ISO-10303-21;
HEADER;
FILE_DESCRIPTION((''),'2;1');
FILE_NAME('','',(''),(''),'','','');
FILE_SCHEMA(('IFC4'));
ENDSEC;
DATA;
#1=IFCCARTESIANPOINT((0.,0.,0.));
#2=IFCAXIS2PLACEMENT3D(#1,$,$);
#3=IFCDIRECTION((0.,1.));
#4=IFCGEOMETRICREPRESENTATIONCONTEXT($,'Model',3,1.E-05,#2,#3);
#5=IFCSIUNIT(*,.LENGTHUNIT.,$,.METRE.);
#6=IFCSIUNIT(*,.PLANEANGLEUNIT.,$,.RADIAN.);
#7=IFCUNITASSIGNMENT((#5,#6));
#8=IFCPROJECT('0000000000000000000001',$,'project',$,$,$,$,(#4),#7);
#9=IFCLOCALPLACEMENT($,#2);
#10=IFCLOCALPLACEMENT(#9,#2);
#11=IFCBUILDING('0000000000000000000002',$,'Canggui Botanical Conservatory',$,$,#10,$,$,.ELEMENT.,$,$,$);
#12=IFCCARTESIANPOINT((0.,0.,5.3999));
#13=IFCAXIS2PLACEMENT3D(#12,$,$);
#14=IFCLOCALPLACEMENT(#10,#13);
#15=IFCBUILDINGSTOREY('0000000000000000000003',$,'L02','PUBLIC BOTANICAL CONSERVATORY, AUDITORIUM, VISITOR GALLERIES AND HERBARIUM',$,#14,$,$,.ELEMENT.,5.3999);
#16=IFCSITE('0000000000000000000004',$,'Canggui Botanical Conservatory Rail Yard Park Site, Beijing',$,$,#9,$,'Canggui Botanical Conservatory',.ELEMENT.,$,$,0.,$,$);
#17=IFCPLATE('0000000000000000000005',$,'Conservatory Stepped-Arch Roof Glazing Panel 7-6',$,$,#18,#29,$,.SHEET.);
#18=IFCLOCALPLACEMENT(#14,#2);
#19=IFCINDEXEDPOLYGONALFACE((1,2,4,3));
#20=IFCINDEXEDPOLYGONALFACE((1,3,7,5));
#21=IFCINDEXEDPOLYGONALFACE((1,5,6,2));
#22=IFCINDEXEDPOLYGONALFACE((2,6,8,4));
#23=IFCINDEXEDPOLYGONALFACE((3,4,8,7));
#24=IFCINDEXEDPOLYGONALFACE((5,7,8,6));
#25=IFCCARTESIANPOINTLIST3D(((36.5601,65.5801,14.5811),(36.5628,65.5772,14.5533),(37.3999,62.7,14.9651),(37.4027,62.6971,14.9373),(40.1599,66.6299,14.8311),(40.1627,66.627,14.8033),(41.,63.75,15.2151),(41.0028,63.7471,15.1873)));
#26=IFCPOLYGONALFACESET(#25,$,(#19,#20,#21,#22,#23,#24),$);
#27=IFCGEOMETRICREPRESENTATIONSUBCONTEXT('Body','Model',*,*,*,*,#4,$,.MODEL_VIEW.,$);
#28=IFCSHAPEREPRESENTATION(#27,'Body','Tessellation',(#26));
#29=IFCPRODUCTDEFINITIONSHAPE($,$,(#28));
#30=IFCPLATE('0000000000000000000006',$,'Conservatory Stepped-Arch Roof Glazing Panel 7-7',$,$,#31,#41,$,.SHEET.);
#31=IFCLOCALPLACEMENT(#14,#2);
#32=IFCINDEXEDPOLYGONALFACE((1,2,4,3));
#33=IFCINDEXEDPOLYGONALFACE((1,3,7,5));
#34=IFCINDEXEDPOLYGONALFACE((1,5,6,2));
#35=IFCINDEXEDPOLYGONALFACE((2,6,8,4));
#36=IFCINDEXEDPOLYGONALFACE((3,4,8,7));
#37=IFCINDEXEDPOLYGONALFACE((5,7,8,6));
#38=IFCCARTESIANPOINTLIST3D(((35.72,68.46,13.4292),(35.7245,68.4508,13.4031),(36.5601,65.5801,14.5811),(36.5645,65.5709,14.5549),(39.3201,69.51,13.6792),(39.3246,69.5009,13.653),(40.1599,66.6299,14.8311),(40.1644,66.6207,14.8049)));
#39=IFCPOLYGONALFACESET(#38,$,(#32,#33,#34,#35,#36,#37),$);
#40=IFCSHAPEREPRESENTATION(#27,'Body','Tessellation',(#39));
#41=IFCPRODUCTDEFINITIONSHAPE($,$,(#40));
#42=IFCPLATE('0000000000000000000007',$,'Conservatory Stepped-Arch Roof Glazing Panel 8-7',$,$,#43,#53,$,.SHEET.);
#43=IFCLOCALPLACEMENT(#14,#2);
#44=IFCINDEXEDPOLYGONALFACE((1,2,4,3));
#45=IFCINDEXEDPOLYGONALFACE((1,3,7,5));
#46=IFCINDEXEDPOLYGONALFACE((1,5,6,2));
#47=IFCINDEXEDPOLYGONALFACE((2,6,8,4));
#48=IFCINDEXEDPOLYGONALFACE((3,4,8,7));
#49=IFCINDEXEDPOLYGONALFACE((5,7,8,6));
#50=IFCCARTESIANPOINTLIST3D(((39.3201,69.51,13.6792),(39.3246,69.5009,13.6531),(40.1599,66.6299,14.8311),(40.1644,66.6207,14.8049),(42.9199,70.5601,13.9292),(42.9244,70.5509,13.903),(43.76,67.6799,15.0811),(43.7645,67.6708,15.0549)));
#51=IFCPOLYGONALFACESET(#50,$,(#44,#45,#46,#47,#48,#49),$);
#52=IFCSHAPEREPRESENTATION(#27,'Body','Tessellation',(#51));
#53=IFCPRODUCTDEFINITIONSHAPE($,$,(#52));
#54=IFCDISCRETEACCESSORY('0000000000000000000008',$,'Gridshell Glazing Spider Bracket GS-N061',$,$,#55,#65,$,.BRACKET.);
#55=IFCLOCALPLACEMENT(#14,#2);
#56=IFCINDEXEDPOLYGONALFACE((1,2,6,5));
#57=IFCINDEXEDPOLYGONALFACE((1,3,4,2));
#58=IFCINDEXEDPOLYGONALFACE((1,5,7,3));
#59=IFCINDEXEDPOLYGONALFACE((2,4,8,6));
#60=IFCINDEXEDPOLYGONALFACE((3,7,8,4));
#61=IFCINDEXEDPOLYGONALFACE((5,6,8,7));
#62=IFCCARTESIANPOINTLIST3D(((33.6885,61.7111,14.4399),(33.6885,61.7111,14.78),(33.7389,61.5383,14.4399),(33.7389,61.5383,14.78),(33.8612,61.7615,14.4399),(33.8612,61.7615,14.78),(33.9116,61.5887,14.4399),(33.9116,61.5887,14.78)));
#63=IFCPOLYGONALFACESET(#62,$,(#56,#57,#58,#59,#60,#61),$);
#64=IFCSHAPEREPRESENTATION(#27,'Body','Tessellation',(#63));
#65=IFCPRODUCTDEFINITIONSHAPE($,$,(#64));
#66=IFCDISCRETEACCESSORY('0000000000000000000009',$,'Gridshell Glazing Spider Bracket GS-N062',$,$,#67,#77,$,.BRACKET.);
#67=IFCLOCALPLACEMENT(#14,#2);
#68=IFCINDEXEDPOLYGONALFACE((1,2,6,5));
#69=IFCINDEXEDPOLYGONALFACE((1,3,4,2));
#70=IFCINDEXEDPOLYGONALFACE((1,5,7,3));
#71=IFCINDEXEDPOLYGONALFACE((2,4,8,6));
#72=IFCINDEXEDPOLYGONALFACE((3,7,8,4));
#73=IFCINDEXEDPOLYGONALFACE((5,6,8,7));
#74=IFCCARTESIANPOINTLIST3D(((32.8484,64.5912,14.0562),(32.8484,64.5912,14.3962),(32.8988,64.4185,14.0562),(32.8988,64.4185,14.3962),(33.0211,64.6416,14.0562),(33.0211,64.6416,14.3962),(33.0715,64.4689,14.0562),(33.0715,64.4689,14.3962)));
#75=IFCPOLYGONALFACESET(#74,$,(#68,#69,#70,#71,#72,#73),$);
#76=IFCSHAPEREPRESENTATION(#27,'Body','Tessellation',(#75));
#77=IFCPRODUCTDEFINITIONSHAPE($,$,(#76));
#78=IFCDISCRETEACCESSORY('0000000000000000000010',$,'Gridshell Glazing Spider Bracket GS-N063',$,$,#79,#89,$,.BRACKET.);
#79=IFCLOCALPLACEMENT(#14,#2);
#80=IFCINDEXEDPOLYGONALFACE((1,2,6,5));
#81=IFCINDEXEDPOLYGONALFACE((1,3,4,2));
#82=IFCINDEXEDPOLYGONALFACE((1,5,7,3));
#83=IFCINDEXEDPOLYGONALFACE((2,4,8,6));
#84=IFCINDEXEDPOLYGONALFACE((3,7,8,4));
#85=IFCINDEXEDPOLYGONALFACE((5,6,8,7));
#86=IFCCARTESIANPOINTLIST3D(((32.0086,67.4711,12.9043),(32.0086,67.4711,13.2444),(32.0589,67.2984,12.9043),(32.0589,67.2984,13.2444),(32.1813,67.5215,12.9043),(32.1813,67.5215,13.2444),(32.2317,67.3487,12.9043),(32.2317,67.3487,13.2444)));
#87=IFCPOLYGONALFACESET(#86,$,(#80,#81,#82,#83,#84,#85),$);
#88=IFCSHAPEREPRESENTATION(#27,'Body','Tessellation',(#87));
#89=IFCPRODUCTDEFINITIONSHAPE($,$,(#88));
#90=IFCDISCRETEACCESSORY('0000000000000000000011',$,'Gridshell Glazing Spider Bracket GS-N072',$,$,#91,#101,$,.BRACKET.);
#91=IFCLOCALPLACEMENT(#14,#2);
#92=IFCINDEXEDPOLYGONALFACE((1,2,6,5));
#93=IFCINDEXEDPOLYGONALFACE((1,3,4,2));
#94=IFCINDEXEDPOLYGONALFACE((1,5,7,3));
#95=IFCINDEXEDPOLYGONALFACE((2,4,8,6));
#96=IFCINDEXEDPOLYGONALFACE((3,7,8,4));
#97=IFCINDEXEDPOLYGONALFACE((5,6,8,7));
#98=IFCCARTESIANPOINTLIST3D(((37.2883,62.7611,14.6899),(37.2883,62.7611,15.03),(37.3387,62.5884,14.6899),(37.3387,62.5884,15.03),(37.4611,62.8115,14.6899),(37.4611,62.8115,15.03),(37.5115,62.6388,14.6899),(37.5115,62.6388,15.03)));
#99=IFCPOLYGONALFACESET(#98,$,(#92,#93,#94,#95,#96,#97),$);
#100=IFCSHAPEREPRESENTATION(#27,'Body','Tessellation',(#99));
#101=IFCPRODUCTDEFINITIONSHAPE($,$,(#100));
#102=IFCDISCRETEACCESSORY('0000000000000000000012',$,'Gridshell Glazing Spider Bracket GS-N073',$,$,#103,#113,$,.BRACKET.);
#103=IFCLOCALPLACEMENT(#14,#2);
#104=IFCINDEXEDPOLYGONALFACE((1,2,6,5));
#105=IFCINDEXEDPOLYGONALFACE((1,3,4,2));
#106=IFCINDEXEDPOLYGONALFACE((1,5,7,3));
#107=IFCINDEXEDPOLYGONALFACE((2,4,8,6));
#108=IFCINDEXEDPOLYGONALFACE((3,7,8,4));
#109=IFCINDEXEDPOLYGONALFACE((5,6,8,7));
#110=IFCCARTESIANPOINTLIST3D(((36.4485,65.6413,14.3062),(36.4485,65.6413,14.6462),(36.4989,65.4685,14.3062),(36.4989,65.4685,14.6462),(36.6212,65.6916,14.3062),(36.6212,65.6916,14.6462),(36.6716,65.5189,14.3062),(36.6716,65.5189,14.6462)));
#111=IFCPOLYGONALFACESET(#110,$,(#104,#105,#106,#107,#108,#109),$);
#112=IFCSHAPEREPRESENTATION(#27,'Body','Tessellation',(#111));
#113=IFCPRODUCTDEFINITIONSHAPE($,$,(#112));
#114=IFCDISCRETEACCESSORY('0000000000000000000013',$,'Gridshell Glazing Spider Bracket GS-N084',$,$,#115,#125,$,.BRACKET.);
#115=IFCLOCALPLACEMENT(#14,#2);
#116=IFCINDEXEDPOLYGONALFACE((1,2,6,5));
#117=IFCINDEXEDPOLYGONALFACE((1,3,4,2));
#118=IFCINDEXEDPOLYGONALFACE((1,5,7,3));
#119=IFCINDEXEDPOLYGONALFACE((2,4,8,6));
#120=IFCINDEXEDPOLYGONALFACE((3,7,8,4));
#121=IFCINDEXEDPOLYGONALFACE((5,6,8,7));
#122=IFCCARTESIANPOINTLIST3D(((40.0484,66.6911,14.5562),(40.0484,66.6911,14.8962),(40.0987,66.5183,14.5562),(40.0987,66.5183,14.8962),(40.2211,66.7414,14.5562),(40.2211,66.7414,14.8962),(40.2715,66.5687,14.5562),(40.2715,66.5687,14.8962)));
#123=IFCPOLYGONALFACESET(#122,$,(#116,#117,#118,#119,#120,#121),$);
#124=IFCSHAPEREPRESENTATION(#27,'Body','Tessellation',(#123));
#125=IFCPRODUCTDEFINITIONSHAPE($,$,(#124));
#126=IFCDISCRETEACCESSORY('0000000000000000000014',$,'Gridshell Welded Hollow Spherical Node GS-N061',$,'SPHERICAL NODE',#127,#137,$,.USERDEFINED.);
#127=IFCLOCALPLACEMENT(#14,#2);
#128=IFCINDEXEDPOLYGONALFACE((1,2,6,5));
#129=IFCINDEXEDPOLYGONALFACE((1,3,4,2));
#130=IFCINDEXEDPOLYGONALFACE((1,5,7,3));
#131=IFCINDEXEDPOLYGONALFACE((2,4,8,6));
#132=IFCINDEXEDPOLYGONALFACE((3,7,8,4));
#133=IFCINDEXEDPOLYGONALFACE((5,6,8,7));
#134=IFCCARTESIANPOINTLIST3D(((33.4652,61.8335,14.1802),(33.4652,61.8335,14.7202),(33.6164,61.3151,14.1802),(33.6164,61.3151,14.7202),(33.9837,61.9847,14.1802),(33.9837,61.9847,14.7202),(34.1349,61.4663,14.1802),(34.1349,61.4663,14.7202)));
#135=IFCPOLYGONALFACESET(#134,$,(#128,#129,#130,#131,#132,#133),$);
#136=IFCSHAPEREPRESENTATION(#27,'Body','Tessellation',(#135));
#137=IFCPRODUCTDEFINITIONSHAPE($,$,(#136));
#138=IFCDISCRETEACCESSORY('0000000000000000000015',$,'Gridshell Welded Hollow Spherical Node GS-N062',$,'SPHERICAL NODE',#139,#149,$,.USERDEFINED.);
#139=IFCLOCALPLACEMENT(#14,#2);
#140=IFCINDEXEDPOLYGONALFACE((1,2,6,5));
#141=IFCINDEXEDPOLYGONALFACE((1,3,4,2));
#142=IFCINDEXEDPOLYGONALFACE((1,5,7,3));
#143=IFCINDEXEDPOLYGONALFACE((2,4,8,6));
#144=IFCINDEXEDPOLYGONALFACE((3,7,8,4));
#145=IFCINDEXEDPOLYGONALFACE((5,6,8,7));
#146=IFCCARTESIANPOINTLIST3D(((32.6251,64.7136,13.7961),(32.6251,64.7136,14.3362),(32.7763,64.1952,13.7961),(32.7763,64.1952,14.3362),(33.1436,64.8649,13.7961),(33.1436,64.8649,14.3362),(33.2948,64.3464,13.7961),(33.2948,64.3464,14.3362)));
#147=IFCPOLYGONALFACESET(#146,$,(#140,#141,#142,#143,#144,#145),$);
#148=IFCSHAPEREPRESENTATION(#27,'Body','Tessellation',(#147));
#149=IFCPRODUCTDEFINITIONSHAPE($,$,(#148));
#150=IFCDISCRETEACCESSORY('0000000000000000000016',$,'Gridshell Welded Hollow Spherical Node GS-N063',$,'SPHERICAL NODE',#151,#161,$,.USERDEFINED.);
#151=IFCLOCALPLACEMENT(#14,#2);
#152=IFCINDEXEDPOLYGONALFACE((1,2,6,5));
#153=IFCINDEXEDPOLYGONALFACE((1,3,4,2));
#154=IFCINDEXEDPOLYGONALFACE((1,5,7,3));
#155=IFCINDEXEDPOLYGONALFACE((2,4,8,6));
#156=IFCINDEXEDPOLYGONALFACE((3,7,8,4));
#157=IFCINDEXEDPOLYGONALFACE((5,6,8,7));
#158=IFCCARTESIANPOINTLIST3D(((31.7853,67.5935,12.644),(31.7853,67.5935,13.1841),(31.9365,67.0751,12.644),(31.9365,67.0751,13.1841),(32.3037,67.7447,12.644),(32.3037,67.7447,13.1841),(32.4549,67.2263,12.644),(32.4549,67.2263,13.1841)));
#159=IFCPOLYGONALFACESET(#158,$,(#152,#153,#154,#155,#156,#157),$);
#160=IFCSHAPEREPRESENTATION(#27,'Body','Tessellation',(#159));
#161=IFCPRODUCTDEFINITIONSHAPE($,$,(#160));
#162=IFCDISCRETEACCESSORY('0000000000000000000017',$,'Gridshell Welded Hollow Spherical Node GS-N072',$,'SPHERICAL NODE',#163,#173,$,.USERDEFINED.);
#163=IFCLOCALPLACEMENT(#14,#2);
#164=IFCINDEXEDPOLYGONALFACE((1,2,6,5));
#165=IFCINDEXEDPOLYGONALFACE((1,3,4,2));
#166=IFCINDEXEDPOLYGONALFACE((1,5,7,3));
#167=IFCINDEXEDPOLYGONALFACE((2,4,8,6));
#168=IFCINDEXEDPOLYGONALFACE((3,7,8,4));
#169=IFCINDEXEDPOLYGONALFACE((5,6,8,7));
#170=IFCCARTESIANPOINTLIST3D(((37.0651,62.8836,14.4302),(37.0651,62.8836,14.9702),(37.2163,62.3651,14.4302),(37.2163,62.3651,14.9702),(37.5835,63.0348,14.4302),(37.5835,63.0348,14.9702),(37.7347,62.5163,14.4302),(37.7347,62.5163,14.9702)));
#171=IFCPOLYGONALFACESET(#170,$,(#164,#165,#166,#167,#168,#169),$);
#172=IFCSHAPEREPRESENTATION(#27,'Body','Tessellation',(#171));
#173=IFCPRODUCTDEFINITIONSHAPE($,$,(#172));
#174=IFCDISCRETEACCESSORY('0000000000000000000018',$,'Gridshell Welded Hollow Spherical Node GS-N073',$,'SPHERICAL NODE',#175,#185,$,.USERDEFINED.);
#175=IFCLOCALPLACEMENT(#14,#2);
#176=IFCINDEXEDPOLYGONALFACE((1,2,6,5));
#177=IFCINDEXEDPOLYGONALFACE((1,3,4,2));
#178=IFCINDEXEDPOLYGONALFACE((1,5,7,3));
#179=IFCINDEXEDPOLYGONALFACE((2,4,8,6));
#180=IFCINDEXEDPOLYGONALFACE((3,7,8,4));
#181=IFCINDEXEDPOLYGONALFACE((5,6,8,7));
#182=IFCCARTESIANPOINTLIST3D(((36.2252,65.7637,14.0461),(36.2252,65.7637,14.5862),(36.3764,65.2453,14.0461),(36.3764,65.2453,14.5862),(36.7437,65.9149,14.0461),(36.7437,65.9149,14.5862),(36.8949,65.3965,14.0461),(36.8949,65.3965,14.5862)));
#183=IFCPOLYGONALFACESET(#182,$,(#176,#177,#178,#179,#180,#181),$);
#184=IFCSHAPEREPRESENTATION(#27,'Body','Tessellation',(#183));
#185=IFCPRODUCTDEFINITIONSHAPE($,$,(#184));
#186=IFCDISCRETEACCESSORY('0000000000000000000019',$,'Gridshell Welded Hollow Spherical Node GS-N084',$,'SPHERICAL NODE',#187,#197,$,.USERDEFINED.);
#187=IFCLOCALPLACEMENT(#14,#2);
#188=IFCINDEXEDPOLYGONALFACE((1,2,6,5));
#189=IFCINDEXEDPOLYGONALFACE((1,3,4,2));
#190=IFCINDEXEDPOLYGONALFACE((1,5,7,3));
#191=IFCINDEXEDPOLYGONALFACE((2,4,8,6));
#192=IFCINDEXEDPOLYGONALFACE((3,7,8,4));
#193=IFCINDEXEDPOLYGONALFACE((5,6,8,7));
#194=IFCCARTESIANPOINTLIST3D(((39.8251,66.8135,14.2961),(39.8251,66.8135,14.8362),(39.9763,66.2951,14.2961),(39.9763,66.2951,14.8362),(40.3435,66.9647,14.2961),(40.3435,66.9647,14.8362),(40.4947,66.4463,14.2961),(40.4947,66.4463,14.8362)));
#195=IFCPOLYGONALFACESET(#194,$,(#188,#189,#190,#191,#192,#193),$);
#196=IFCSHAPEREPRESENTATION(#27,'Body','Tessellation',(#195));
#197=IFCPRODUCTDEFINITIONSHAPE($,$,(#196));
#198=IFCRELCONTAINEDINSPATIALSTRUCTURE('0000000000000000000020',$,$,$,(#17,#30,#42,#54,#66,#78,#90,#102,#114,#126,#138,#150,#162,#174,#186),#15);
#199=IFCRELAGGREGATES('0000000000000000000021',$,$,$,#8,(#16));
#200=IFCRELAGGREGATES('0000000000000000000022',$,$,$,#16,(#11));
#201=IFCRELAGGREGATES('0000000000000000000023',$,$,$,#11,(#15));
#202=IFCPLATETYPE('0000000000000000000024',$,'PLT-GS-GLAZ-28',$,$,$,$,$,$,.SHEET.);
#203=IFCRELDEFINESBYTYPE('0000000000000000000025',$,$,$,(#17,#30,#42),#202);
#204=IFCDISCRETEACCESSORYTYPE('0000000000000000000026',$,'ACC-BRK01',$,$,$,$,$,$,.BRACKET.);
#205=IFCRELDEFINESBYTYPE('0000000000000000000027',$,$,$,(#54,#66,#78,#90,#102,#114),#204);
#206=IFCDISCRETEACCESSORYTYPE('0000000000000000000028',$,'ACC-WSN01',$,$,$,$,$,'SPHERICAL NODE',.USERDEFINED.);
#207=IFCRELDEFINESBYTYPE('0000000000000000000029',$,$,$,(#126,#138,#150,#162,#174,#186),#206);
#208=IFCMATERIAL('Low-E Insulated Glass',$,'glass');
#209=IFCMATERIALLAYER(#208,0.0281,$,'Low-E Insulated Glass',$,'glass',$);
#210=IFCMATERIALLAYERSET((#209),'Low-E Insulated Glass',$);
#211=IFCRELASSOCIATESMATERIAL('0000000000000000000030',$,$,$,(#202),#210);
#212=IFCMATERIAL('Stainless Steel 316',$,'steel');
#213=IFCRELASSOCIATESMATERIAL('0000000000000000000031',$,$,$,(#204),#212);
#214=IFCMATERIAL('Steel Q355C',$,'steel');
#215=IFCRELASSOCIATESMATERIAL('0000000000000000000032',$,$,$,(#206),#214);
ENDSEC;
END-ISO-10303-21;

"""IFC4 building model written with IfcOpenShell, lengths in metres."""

from ifc_helpers import new_model, si_unit, direction, frame, origin, origin_2d, place, context, subcontext, project, spatial, polyline, rectangle, outline, extrude, material, layer, layer_set, type_object, element, save


model = new_model("IFC4")

# Units and contexts
model_context = context("Model", 3, precision=1e-05, world=origin(), true_north=direction((0.0, 1.0)))
body_context = subcontext(model_context, "Body", "Model", "MODEL_VIEW")
ifc_project = project(units=[si_unit("LENGTHUNIT", "METRE"), si_unit("PLANEANGLEUNIT", "RADIAN")], contexts=[model_context])

# Site, building, storey
site_placement = place(None, origin())
site = spatial("IfcSite", under=ifc_project, at=site_placement, Name="Canggui Botanical Conservatory Rail Yard Park Site, Beijing", LongName="Canggui Botanical Conservatory", CompositionType="ELEMENT", RefElevation=0.0)
building_placement = place(site_placement, origin())
building = spatial("IfcBuilding", under=site, at=building_placement, Name="Canggui Botanical Conservatory", CompositionType="ELEMENT")
storey_placement = place(building_placement, frame((0.0, 0.0, 5.3999)))
storey = spatial("IfcBuildingStorey", under=building, at=storey_placement, Name="L02", Description="PUBLIC BOTANICAL CONSERVATORY, AUDITORIUM, VISITOR GALLERIES AND HERBARIUM", CompositionType="ELEMENT", Elevation=5.3999)

# Shared definitions
ifc_material_1 = material(Name="Steel Q355C", Category="steel")

# Plates
ifc_material_2 = material(Name="Low-E Insulated Glass", Category="glass")
ifc_layer = layer(ifc_material_2, 0.0281, Name="Low-E Insulated Glass", Category="glass")
ifc_layer_set = layer_set([ifc_layer], Name="Low-E Insulated Glass")
plate_type = type_object("IfcPlateType", Name="PLT-GS-GLAZ-28", PredefinedType="SHEET", material=ifc_layer_set)
plate_1_placement = place(storey_placement, frame((37.3999, 62.7, 14.9651), z_axis=(-0.098818, 0.103156, 0.989744), x_axis=(0.957872, 0.279385, 0.066517)))
element("IfcPlate", 1, at=plate_1_placement, inside=storey, type_object=plate_type, Name="Conservatory Stepped-Arch Roof Glazing Panel 7-6", PredefinedType="SHEET", context=body_context, shape_type="SweptSolid", body=[
    extrude(outline(polyline([(0.0, 0.0), (3.7584, 0.0), (3.7328, 3.0243), (-0.0253, 3.0245), (0.0, 0.0)])), origin(), (0.0, 0.0, -1.0), 0.0281),
])
plate_2_placement = place(storey_placement, frame((36.5601, 65.5801, 14.5811), z_axis=(-0.159796, 0.326047, 0.93175), x_axis=(0.957884, 0.279344, 0.066527)))
element("IfcPlate", 2, at=plate_2_placement, inside=storey, type_object=plate_type, Name="Conservatory Stepped-Arch Roof Glazing Panel 7-7", PredefinedType="SHEET", context=body_context, shape_type="SweptSolid", body=[
    extrude(outline(polyline([(0.0, 0.0), (3.7581, 0.0), (3.6816, 3.2127), (-0.0769, 3.2125), (0.0, 0.0)])), origin(), (0.0, 0.0, -1.0), 0.0281),
])
plate_3_placement = place(storey_placement, frame((40.1599, 66.6299, 14.8311), z_axis=(-0.159804, 0.326033, 0.931754), x_axis=(0.957872, 0.279387, 0.066522)))
element("IfcPlate", 3, at=plate_3_placement, inside=storey, type_object=plate_type, Name="Conservatory Stepped-Arch Roof Glazing Panel 8-7", PredefinedType="SHEET", context=body_context, shape_type="SweptSolid", body=[
    extrude(outline(polyline([(0.0, 0.0), (3.7584, 0.0), (3.6818, 3.2128), (-0.0764, 3.2127), (0.0, 0.0)])), origin(), (0.0, 0.0, -1.0), 0.0281),
])

# Discrete accessories
ifc_material_3 = material(Name="Stainless Steel 316", Category="steel")
discrete_accessory_type_1 = type_object("IfcDiscreteAccessoryType", Name="ACC-BRK01", PredefinedType="BRACKET", material=ifc_material_3)
for number, where, z_axis, x_axis, name in (
    (4, (33.8, 61.6499, 14.4399), (0.0, 0.0, 1.0), (0.96, 0.28, 0.0), "Gridshell Glazing Spider Bracket GS-N061"),
    (5, (32.96, 64.53, 14.0562), (0.0, 0.0, 1.0), (0.96, 0.28, 0.0), "Gridshell Glazing Spider Bracket GS-N062"),
    (6, (32.1201, 67.4099, 12.9043), (0.0, 0.0, 1.0), (0.96, 0.28, 0.0), "Gridshell Glazing Spider Bracket GS-N063"),
    (7, (37.3999, 62.7, 14.6899), (0.0, 0.0, 1.0), (0.96, 0.28, 0.0), "Gridshell Glazing Spider Bracket GS-N072"),
    (8, (36.5601, 65.5801, 14.3062), (0.0, 0.0, 1.0), (0.96, 0.28, 0.0), "Gridshell Glazing Spider Bracket GS-N073"),
    (9, (40.1599, 66.6299, 14.5562), (0.0, 0.0, 1.0), (0.96, 0.28, 0.0), "Gridshell Glazing Spider Bracket GS-N084"),
):
    element("IfcDiscreteAccessory", number, at=place(storey_placement, frame(where, z_axis=z_axis, x_axis=x_axis)), inside=storey, type_object=discrete_accessory_type_1, Name=name, PredefinedType="BRACKET", context=body_context, shape_type="SweptSolid", body=[
        extrude(rectangle(XDim=0.1799, YDim=0.1799, at=origin_2d()), origin(), (0.0, 0.0, 1.0), 0.3401),
    ])
discrete_accessory_type_2 = type_object("IfcDiscreteAccessoryType", Name="ACC-WSN01", ElementType="SPHERICAL NODE", PredefinedType="USERDEFINED", material=ifc_material_1)
for number, where, z_axis, x_axis, name in (
    (10, (33.8, 61.6499, 14.1802), (0.0, 0.0, 1.0), (0.96, 0.28, 0.0), "Gridshell Welded Hollow Spherical Node GS-N061"),
    (11, (32.96, 64.53, 13.7961), (0.0, 0.0, 1.0), (0.96, 0.28, 0.0), "Gridshell Welded Hollow Spherical Node GS-N062"),
    (12, (32.1201, 67.4099, 12.644), (0.0, 0.0, 1.0), (0.96, 0.28, 0.0), "Gridshell Welded Hollow Spherical Node GS-N063"),
    (13, (37.3999, 62.7, 14.4302), (0.0, 0.0, 1.0), (0.96, 0.28, 0.0), "Gridshell Welded Hollow Spherical Node GS-N072"),
    (14, (36.5601, 65.5801, 14.0461), (0.0, 0.0, 1.0), (0.96, 0.28, 0.0), "Gridshell Welded Hollow Spherical Node GS-N073"),
    (15, (40.1599, 66.6299, 14.2961), (0.0, 0.0, 1.0), (0.96, 0.28, 0.0), "Gridshell Welded Hollow Spherical Node GS-N084"),
):
    element("IfcDiscreteAccessory", number, at=place(storey_placement, frame(where, z_axis=z_axis, x_axis=x_axis)), inside=storey, type_object=discrete_accessory_type_2, Name=name, ObjectType="SPHERICAL NODE", PredefinedType="USERDEFINED", context=body_context, shape_type="SweptSolid", body=[
        extrude(rectangle(XDim=0.54, YDim=0.54, at=origin_2d()), origin(), (0.0, 0.0, 1.0), 0.54),
    ])

save(model, "model.ifc")
